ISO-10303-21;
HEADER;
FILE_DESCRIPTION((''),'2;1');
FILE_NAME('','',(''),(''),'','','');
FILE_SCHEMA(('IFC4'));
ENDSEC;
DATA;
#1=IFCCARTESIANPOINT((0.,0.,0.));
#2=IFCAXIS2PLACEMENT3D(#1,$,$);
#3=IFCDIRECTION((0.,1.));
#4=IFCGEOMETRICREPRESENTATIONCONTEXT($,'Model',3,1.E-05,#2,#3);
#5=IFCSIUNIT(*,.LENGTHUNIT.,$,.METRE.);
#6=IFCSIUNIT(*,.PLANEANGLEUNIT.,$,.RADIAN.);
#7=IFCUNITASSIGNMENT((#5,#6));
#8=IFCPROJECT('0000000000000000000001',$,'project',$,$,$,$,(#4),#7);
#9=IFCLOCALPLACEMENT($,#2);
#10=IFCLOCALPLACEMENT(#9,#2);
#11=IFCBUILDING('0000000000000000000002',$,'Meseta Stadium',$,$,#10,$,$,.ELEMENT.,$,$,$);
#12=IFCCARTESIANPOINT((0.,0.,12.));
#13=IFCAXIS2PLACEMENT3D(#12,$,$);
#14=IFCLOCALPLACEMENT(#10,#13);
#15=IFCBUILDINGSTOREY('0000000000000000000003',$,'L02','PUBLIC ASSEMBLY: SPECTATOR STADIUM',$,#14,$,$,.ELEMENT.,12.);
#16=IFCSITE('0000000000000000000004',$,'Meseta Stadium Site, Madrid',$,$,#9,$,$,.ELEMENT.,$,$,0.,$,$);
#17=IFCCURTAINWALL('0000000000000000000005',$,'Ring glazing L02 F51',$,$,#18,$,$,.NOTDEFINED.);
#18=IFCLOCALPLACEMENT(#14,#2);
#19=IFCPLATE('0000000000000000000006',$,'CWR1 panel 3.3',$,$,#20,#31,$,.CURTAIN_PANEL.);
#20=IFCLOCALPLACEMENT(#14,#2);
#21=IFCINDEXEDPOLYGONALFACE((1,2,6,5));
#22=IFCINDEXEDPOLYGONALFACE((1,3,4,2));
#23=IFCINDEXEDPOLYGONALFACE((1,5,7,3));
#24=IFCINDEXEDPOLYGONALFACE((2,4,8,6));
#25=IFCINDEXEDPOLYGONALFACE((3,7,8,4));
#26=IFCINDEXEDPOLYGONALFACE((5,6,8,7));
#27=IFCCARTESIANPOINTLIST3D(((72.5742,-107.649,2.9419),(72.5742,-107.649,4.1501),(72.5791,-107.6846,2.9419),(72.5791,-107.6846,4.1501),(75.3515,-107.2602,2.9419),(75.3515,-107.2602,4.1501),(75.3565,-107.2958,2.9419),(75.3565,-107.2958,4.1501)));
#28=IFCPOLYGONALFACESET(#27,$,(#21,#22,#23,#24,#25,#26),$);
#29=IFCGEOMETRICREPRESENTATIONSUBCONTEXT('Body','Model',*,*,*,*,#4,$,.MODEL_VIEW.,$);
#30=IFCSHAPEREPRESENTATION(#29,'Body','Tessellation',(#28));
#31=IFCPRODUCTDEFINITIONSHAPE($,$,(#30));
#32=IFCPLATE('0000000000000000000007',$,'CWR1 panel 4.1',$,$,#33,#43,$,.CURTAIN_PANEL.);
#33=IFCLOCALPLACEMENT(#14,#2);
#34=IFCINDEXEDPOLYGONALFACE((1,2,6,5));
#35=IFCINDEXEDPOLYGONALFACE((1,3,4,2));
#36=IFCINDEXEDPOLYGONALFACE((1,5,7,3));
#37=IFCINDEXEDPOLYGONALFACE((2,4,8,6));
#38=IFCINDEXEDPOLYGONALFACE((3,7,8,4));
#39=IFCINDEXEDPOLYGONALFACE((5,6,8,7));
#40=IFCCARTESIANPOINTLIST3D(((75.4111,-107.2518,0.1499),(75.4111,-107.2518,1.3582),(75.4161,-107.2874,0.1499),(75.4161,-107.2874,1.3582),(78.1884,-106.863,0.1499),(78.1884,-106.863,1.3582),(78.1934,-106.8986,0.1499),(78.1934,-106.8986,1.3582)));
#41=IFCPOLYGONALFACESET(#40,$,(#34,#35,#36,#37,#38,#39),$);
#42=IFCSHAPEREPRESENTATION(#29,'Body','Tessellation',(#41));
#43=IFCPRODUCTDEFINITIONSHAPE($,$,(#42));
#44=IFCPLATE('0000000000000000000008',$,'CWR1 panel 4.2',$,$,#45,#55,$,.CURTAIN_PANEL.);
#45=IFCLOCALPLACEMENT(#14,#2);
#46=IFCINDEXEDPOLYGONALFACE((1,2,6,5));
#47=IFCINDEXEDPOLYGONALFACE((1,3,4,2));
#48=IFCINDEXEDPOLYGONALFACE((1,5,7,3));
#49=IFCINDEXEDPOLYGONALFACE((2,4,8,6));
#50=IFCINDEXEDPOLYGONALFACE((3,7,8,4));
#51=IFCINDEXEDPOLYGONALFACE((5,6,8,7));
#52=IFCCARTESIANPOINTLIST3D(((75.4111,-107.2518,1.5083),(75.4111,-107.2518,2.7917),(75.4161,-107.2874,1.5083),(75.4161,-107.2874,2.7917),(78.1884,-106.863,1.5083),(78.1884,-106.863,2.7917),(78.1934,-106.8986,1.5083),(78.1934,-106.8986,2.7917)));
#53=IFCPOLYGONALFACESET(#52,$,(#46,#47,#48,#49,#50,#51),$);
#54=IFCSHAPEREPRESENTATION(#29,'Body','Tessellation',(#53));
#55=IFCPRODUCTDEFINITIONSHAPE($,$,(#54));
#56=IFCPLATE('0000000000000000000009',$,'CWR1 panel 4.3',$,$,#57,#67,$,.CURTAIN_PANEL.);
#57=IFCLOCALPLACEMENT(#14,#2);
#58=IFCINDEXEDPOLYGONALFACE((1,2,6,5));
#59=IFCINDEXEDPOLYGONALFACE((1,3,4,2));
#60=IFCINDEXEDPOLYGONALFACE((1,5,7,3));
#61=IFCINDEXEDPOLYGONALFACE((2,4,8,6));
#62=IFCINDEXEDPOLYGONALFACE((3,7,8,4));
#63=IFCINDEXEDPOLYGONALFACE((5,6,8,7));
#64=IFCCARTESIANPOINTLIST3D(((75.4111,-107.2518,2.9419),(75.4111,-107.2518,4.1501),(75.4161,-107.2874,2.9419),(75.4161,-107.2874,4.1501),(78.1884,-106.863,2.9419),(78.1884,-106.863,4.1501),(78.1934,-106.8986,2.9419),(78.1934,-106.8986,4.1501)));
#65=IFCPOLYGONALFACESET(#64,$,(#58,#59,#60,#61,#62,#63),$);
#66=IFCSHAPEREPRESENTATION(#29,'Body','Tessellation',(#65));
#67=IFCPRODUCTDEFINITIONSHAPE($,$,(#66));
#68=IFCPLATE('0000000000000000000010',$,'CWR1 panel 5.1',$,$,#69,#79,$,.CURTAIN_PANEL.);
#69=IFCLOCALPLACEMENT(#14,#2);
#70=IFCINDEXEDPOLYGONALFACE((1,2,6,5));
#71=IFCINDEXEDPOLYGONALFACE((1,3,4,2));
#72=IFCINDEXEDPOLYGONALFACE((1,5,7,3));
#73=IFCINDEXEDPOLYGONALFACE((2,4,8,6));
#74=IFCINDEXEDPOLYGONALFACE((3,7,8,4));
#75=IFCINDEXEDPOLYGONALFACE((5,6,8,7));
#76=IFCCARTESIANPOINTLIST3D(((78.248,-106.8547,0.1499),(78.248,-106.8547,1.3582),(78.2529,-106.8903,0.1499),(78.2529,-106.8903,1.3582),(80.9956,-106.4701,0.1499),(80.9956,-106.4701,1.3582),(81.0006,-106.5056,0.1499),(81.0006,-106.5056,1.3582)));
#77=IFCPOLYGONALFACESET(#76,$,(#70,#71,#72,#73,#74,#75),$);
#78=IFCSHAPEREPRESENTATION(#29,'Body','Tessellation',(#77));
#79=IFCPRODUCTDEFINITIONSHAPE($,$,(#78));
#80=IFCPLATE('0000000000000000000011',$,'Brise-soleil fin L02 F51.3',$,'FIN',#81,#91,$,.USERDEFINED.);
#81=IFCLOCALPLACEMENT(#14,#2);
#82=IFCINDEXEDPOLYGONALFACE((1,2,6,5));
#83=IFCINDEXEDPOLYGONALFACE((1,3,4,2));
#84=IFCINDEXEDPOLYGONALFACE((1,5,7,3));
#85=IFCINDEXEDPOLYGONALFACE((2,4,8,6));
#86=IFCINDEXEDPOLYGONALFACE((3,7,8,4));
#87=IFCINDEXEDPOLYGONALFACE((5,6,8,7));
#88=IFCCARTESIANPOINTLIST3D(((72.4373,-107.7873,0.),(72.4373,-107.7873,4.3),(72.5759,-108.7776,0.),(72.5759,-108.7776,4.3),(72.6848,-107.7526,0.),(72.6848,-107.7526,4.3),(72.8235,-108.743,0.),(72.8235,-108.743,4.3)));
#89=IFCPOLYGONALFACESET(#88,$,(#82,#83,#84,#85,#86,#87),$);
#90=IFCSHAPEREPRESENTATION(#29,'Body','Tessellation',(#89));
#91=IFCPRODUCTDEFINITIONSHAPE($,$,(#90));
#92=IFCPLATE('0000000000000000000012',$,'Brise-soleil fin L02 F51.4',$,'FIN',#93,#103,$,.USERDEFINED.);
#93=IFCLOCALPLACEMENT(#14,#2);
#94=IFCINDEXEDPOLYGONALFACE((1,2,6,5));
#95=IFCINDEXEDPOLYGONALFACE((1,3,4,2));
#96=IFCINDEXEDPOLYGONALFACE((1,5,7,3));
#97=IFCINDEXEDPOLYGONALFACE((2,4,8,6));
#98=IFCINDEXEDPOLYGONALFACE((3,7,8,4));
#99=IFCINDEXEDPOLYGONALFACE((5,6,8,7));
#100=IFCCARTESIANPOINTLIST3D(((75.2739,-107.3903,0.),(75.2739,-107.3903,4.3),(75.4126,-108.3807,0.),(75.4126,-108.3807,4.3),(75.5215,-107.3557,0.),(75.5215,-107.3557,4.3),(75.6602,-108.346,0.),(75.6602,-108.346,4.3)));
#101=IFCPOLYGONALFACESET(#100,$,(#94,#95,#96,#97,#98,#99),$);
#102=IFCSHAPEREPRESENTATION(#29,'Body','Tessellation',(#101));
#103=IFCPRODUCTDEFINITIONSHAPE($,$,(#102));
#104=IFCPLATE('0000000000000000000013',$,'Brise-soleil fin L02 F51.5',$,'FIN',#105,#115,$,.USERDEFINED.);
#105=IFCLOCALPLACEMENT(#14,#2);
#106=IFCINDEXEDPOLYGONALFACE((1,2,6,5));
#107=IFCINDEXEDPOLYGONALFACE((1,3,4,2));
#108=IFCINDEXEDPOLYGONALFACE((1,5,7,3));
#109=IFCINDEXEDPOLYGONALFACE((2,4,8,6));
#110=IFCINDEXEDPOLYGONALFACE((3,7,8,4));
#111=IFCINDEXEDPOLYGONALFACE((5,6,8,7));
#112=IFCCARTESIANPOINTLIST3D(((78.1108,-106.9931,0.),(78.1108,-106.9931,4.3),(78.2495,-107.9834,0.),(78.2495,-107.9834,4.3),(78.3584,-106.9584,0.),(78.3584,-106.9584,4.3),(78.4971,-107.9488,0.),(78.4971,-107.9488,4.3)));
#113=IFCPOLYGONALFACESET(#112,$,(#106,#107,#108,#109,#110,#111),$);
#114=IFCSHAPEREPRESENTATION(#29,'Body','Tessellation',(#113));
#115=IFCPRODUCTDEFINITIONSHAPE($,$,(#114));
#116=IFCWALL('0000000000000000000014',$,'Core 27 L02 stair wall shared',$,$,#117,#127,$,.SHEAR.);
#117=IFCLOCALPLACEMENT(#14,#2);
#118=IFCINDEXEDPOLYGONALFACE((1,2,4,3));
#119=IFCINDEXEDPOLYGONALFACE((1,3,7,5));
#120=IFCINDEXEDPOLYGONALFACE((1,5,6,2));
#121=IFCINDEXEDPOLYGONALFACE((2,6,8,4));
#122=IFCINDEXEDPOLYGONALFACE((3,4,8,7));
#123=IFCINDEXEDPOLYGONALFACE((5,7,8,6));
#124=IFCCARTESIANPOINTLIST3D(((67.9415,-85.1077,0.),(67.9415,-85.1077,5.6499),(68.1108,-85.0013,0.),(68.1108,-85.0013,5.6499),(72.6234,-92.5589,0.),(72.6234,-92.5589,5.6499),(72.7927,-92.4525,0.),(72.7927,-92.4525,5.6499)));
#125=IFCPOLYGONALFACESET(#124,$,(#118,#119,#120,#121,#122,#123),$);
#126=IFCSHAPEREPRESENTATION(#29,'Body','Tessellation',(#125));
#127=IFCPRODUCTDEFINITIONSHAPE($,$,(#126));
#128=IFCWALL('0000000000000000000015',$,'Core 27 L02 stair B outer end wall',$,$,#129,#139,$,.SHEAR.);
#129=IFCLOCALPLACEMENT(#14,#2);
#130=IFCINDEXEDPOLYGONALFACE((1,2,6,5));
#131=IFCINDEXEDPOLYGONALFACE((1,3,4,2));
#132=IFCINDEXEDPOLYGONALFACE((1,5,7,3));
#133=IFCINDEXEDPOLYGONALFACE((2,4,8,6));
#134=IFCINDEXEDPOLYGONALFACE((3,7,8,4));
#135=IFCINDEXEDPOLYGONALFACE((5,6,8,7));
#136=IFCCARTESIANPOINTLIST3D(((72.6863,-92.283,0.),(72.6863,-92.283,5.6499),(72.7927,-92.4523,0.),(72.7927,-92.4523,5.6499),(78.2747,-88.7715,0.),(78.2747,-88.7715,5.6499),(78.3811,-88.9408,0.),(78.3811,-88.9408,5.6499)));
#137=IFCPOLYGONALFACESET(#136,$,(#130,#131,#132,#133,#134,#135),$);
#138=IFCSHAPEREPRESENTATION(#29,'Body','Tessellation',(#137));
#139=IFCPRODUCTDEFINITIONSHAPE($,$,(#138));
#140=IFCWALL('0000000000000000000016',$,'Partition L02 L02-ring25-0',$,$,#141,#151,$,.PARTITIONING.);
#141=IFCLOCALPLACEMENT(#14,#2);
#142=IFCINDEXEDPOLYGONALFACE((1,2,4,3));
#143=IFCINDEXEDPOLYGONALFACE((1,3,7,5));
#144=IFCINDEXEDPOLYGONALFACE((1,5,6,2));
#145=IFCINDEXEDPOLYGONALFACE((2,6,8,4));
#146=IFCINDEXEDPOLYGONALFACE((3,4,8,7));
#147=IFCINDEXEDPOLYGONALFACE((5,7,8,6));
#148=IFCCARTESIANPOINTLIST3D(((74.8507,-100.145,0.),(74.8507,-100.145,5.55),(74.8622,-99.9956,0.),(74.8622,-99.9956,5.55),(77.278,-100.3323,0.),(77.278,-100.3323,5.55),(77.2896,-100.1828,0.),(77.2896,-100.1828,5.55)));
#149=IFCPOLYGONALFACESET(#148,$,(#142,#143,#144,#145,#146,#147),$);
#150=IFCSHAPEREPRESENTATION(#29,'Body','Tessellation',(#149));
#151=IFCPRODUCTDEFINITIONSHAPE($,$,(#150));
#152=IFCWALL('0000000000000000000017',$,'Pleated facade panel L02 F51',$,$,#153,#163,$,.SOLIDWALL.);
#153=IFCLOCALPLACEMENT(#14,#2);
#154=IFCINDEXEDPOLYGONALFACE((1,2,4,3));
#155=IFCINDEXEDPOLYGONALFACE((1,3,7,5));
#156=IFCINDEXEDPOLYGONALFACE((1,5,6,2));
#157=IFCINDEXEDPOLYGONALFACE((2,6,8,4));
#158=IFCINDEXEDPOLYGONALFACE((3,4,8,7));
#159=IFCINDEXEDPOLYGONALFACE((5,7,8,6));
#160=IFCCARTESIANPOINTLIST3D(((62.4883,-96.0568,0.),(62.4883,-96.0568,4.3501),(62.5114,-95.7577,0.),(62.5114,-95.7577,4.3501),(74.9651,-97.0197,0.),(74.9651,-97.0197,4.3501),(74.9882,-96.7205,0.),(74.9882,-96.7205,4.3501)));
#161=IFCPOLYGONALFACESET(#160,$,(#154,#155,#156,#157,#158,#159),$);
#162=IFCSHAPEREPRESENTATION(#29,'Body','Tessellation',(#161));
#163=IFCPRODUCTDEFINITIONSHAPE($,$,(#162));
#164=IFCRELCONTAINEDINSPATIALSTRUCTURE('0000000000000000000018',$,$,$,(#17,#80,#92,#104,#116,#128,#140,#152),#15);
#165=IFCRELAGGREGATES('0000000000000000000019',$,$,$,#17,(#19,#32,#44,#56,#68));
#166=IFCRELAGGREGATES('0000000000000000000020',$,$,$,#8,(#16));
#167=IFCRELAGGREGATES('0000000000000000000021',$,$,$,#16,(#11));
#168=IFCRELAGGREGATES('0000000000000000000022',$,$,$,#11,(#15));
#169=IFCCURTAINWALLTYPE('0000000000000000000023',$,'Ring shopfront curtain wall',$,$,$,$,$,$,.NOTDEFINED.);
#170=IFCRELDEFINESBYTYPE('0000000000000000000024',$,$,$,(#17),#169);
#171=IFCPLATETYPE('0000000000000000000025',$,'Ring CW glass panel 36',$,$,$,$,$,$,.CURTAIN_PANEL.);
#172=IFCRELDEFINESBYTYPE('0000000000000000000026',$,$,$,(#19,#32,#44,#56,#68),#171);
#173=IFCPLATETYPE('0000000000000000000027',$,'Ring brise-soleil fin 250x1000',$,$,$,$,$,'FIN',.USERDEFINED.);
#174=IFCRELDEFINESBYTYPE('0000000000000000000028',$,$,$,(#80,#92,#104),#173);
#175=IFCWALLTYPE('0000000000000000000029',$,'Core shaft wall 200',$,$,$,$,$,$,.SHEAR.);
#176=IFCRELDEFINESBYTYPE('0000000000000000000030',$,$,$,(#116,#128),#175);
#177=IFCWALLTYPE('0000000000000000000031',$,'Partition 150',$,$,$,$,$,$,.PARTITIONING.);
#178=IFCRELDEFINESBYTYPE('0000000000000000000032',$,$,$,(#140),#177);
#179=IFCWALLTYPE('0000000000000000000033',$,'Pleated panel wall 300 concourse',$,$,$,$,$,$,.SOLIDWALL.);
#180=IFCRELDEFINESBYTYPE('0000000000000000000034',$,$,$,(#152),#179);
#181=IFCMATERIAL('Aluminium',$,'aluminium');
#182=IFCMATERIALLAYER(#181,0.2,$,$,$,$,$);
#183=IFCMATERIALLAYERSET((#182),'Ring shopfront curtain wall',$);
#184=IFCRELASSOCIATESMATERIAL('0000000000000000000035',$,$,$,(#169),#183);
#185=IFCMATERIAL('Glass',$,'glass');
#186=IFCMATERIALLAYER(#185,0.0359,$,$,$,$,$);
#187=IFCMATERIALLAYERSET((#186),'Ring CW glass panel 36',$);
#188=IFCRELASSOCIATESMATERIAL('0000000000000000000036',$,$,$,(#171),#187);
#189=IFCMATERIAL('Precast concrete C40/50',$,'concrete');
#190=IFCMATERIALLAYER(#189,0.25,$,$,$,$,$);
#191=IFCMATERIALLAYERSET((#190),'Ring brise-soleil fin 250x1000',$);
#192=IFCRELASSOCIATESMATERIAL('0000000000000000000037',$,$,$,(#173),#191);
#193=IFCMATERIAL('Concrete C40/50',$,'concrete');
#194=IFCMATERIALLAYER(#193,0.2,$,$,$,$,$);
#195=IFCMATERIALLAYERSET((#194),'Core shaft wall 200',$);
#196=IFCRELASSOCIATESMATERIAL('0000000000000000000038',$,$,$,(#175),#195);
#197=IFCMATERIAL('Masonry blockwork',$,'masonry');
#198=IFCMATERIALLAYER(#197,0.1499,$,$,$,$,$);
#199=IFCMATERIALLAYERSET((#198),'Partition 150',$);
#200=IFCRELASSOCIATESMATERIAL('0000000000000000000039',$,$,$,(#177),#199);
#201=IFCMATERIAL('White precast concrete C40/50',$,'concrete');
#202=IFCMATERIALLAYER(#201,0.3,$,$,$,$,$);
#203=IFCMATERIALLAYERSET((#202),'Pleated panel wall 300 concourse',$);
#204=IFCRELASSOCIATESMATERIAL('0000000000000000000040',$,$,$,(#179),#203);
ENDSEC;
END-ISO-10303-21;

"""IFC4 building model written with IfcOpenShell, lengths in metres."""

from ifc_helpers import new_model, si_unit, direction, frame, frame_2d, origin, origin_2d, place, context, subcontext, project, spatial, rectangle, extrude, material, layer, layer_set, type_object, element, aggregate, save


model = new_model("IFC4")

# Units and contexts
model_context = context("Model", 3, precision=1e-05, world=origin(), true_north=direction((0.0, 1.0)))
body_context = subcontext(model_context, "Body", "Model", "MODEL_VIEW")
ifc_project = project(units=[si_unit("LENGTHUNIT", "METRE"), si_unit("PLANEANGLEUNIT", "RADIAN")], contexts=[model_context])

# Site, building, storey
site_placement = place(None, origin())
site = spatial("IfcSite", under=ifc_project, at=site_placement, Name="Meseta Stadium Site, Madrid", CompositionType="ELEMENT", RefElevation=0.0)
building_placement = place(site_placement, origin())
building = spatial("IfcBuilding", under=site, at=building_placement, Name="Meseta Stadium", CompositionType="ELEMENT")
storey_placement = place(building_placement, frame((0.0, 0.0, 12.0)))
storey = spatial("IfcBuildingStorey", under=building, at=storey_placement, Name="L02", Description="PUBLIC ASSEMBLY: SPECTATOR STADIUM", CompositionType="ELEMENT", Elevation=12.0)

# Curtain wall, plates
ifc_material_1 = material(Name="Aluminium", Category="aluminium")
ifc_layer_1 = layer(ifc_material_1, 0.2)
ifc_layer_set_1 = layer_set([ifc_layer_1], Name="Ring shopfront curtain wall")
curtain_wall_type = type_object("IfcCurtainWallType", Name="Ring shopfront curtain wall", PredefinedType="NOTDEFINED", material=ifc_layer_set_1)
curtain_wall_placement = place(storey_placement, origin())
curtain_wall = element("IfcCurtainWall", 1, at=curtain_wall_placement, inside=storey, type_object=curtain_wall_type, Name="Ring glazing L02 F51", PredefinedType="NOTDEFINED")
ifc_material_2 = material(Name="Glass", Category="glass")
ifc_layer_2 = layer(ifc_material_2, 0.0359)
ifc_layer_set_2 = layer_set([ifc_layer_2], Name="Ring CW glass panel 36")
plate_type_1 = type_object("IfcPlateType", Name="Ring CW glass panel 36", PredefinedType="CURTAIN_PANEL", material=ifc_layer_set_2)
plate_1_placement = place(storey_placement, frame((73.9653, -107.4724, 2.9419), z_axis=(0.0, 0.0, 1.0), x_axis=(0.990342, 0.138643, 0.0)))
plate_1 = element("IfcPlate", 2, at=plate_1_placement, type_object=plate_type_1, Name="CWR1 panel 3.3", PredefinedType="CURTAIN_PANEL", context=body_context, shape_type="SweptSolid", body=[
    extrude(rectangle(XDim=2.8044, YDim=0.0359, at=origin_2d()), origin(), (0.0, 0.0, 1.0), 1.2083),
])
plate_2_placement = place(storey_placement, frame((76.8022, -107.0752, 0.1499), z_axis=(0.0, 0.0, 1.0), x_axis=(0.990342, 0.138643, 0.0)))
plate_2 = element("IfcPlate", 3, at=plate_2_placement, type_object=plate_type_1, Name="CWR1 panel 4.1", PredefinedType="CURTAIN_PANEL", context=body_context, shape_type="SweptSolid", body=[
    extrude(rectangle(XDim=2.8044, YDim=0.0359, at=origin_2d()), origin(), (0.0, 0.0, 1.0), 1.2083),
])
plate_3_placement = place(storey_placement, frame((76.8022, -107.0752, 1.5083), z_axis=(0.0, 0.0, 1.0), x_axis=(0.990342, 0.138643, 0.0)))
plate_3 = element("IfcPlate", 4, at=plate_3_placement, type_object=plate_type_1, Name="CWR1 panel 4.2", PredefinedType="CURTAIN_PANEL", context=body_context, shape_type="SweptSolid", body=[
    extrude(rectangle(XDim=2.8044, YDim=0.0359, at=origin_2d()), origin(), (0.0, 0.0, 1.0), 1.2834),
])
plate_4_placement = place(storey_placement, frame((76.8022, -107.0752, 2.9419), z_axis=(0.0, 0.0, 1.0), x_axis=(0.990342, 0.138643, 0.0)))
plate_4 = element("IfcPlate", 5, at=plate_4_placement, type_object=plate_type_1, Name="CWR1 panel 4.3", PredefinedType="CURTAIN_PANEL", context=body_context, shape_type="SweptSolid", body=[
    extrude(rectangle(XDim=2.8044, YDim=0.0359, at=origin_2d()), origin(), (0.0, 0.0, 1.0), 1.2083),
])
plate_5_placement = place(storey_placement, frame((79.6243, -106.6802, 0.1499), z_axis=(0.0, 0.0, 1.0), x_axis=(0.990342, 0.138643, 0.0)))
plate_5 = element("IfcPlate", 6, at=plate_5_placement, type_object=plate_type_1, Name="CWR1 panel 5.1", PredefinedType="CURTAIN_PANEL", context=body_context, shape_type="SweptSolid", body=[
    extrude(rectangle(XDim=2.7744, YDim=0.0359, at=origin_2d()), origin(), (0.0, 0.0, 1.0), 1.2083),
])
aggregate(curtain_wall, [plate_1, plate_2, plate_3, plate_4, plate_5])

# Plates
ifc_material_3 = material(Name="Precast concrete C40/50", Category="concrete")
ifc_layer_3 = layer(ifc_material_3, 0.25)
ifc_layer_set_3 = layer_set([ifc_layer_3], Name="Ring brise-soleil fin 250x1000")
plate_type_2 = type_object("IfcPlateType", Name="Ring brise-soleil fin 250x1000", ElementType="FIN", PredefinedType="USERDEFINED", material=ifc_layer_set_3)
for number, where, z_axis, x_axis, name in (
    (7, (72.6304, -108.2651, 0.0), (0.0, 0.0, 1.0), (0.990343, 0.138641, 0.0), "Brise-soleil fin L02 F51.3"),
    (8, (75.467, -107.8682, 0.0), (0.0, 0.0, 1.0), (0.990343, 0.138641, 0.0), "Brise-soleil fin L02 F51.4"),
    (9, (78.304, -107.4709, 0.0), (0.0, 0.0, 1.0), (0.990343, 0.138641, 0.0), "Brise-soleil fin L02 F51.5"),
):
    element("IfcPlate", number, at=place(storey_placement, frame(where, z_axis=z_axis, x_axis=x_axis)), inside=storey, type_object=plate_type_2, Name=name, ObjectType="FIN", PredefinedType="USERDEFINED", context=body_context, shape_type="SweptSolid", body=[
        extrude(rectangle(XDim=0.25, YDim=1.0, at=origin_2d()), origin(), (0.0, 0.0, 1.0), 4.3),
    ])

# Walls
ifc_material_4 = material(Name="Concrete C40/50", Category="concrete")
ifc_layer_4 = layer(ifc_material_4, 0.2)
ifc_layer_set_4 = layer_set([ifc_layer_4], Name="Core shaft wall 200")
wall_type_1 = type_object("IfcWallType", Name="Core shaft wall 200", PredefinedType="SHEAR", material=ifc_layer_set_4)
wall_1_placement = place(storey_placement, frame((72.708, -92.5056, 0.0), z_axis=(0.0, 0.0, 1.0), x_axis=(-0.532032, 0.846724, 0.0)))
element("IfcWall", 10, at=wall_1_placement, inside=storey, type_object=wall_type_1, Name="Core 27 L02 stair wall shared", PredefinedType="SHEAR", context=body_context, shape_type="SweptSolid", body=[
    extrude(rectangle(XDim=8.8, YDim=0.2, at=frame_2d((4.3999, 0.0))), origin(), (0.0, 0.0, 1.0), 5.6499),
])
wall_2_placement = place(storey_placement, frame((72.7395, -92.3677, 0.0), z_axis=(0.0, 0.0, 1.0), x_axis=(0.84672, 0.532039, 0.0)))
element("IfcWall", 11, at=wall_2_placement, inside=storey, type_object=wall_type_1, Name="Core 27 L02 stair B outer end wall", PredefinedType="SHEAR", context=body_context, shape_type="SweptSolid", body=[
    extrude(rectangle(XDim=6.6001, YDim=0.2, at=frame_2d((3.3, 0.0))), origin(), (0.0, 0.0, 1.0), 5.6499),
])
ifc_material_5 = material(Name="Masonry blockwork", Category="masonry")
ifc_layer_5 = layer(ifc_material_5, 0.1499)
ifc_layer_set_5 = layer_set([ifc_layer_5], Name="Partition 150")
wall_type_2 = type_object("IfcWallType", Name="Partition 150", PredefinedType="PARTITIONING", material=ifc_layer_set_5)
wall_3_placement = place(storey_placement, frame((74.8564, -100.0703, 0.0), z_axis=(0.0, 0.0, 1.0), x_axis=(0.997037, -0.076919, 0.0)))
element("IfcWall", 12, at=wall_3_placement, inside=storey, type_object=wall_type_2, Name="Partition L02 L02-ring25-0", PredefinedType="PARTITIONING", context=body_context, shape_type="SweptSolid", body=[
    extrude(rectangle(XDim=2.4346, YDim=0.1499, at=frame_2d((1.2173, 0.0))), origin(), (0.0, 0.0, 1.0), 5.55),
])
ifc_material_6 = material(Name="White precast concrete C40/50", Category="concrete")
ifc_layer_6 = layer(ifc_material_6, 0.3)
ifc_layer_set_6 = layer_set([ifc_layer_6], Name="Pleated panel wall 300 concourse")
wall_type_3 = type_object("IfcWallType", Name="Pleated panel wall 300 concourse", PredefinedType="SOLIDWALL", material=ifc_layer_set_6)
wall_4_placement = place(storey_placement, frame((74.9766, -96.8701, 0.0), z_axis=(0.0, 0.0, 1.0), x_axis=(-0.997035, 0.076946, 0.0)))
element("IfcWall", 13, at=wall_4_placement, inside=storey, type_object=wall_type_3, Name="Pleated facade panel L02 F51", PredefinedType="SOLIDWALL", context=body_context, shape_type="SweptSolid", body=[
    extrude(rectangle(XDim=12.5139, YDim=0.3, at=frame_2d((6.2568, 0.0))), origin(), (0.0, 0.0, 1.0), 4.3501),
])

save(model, "model.ifc")
